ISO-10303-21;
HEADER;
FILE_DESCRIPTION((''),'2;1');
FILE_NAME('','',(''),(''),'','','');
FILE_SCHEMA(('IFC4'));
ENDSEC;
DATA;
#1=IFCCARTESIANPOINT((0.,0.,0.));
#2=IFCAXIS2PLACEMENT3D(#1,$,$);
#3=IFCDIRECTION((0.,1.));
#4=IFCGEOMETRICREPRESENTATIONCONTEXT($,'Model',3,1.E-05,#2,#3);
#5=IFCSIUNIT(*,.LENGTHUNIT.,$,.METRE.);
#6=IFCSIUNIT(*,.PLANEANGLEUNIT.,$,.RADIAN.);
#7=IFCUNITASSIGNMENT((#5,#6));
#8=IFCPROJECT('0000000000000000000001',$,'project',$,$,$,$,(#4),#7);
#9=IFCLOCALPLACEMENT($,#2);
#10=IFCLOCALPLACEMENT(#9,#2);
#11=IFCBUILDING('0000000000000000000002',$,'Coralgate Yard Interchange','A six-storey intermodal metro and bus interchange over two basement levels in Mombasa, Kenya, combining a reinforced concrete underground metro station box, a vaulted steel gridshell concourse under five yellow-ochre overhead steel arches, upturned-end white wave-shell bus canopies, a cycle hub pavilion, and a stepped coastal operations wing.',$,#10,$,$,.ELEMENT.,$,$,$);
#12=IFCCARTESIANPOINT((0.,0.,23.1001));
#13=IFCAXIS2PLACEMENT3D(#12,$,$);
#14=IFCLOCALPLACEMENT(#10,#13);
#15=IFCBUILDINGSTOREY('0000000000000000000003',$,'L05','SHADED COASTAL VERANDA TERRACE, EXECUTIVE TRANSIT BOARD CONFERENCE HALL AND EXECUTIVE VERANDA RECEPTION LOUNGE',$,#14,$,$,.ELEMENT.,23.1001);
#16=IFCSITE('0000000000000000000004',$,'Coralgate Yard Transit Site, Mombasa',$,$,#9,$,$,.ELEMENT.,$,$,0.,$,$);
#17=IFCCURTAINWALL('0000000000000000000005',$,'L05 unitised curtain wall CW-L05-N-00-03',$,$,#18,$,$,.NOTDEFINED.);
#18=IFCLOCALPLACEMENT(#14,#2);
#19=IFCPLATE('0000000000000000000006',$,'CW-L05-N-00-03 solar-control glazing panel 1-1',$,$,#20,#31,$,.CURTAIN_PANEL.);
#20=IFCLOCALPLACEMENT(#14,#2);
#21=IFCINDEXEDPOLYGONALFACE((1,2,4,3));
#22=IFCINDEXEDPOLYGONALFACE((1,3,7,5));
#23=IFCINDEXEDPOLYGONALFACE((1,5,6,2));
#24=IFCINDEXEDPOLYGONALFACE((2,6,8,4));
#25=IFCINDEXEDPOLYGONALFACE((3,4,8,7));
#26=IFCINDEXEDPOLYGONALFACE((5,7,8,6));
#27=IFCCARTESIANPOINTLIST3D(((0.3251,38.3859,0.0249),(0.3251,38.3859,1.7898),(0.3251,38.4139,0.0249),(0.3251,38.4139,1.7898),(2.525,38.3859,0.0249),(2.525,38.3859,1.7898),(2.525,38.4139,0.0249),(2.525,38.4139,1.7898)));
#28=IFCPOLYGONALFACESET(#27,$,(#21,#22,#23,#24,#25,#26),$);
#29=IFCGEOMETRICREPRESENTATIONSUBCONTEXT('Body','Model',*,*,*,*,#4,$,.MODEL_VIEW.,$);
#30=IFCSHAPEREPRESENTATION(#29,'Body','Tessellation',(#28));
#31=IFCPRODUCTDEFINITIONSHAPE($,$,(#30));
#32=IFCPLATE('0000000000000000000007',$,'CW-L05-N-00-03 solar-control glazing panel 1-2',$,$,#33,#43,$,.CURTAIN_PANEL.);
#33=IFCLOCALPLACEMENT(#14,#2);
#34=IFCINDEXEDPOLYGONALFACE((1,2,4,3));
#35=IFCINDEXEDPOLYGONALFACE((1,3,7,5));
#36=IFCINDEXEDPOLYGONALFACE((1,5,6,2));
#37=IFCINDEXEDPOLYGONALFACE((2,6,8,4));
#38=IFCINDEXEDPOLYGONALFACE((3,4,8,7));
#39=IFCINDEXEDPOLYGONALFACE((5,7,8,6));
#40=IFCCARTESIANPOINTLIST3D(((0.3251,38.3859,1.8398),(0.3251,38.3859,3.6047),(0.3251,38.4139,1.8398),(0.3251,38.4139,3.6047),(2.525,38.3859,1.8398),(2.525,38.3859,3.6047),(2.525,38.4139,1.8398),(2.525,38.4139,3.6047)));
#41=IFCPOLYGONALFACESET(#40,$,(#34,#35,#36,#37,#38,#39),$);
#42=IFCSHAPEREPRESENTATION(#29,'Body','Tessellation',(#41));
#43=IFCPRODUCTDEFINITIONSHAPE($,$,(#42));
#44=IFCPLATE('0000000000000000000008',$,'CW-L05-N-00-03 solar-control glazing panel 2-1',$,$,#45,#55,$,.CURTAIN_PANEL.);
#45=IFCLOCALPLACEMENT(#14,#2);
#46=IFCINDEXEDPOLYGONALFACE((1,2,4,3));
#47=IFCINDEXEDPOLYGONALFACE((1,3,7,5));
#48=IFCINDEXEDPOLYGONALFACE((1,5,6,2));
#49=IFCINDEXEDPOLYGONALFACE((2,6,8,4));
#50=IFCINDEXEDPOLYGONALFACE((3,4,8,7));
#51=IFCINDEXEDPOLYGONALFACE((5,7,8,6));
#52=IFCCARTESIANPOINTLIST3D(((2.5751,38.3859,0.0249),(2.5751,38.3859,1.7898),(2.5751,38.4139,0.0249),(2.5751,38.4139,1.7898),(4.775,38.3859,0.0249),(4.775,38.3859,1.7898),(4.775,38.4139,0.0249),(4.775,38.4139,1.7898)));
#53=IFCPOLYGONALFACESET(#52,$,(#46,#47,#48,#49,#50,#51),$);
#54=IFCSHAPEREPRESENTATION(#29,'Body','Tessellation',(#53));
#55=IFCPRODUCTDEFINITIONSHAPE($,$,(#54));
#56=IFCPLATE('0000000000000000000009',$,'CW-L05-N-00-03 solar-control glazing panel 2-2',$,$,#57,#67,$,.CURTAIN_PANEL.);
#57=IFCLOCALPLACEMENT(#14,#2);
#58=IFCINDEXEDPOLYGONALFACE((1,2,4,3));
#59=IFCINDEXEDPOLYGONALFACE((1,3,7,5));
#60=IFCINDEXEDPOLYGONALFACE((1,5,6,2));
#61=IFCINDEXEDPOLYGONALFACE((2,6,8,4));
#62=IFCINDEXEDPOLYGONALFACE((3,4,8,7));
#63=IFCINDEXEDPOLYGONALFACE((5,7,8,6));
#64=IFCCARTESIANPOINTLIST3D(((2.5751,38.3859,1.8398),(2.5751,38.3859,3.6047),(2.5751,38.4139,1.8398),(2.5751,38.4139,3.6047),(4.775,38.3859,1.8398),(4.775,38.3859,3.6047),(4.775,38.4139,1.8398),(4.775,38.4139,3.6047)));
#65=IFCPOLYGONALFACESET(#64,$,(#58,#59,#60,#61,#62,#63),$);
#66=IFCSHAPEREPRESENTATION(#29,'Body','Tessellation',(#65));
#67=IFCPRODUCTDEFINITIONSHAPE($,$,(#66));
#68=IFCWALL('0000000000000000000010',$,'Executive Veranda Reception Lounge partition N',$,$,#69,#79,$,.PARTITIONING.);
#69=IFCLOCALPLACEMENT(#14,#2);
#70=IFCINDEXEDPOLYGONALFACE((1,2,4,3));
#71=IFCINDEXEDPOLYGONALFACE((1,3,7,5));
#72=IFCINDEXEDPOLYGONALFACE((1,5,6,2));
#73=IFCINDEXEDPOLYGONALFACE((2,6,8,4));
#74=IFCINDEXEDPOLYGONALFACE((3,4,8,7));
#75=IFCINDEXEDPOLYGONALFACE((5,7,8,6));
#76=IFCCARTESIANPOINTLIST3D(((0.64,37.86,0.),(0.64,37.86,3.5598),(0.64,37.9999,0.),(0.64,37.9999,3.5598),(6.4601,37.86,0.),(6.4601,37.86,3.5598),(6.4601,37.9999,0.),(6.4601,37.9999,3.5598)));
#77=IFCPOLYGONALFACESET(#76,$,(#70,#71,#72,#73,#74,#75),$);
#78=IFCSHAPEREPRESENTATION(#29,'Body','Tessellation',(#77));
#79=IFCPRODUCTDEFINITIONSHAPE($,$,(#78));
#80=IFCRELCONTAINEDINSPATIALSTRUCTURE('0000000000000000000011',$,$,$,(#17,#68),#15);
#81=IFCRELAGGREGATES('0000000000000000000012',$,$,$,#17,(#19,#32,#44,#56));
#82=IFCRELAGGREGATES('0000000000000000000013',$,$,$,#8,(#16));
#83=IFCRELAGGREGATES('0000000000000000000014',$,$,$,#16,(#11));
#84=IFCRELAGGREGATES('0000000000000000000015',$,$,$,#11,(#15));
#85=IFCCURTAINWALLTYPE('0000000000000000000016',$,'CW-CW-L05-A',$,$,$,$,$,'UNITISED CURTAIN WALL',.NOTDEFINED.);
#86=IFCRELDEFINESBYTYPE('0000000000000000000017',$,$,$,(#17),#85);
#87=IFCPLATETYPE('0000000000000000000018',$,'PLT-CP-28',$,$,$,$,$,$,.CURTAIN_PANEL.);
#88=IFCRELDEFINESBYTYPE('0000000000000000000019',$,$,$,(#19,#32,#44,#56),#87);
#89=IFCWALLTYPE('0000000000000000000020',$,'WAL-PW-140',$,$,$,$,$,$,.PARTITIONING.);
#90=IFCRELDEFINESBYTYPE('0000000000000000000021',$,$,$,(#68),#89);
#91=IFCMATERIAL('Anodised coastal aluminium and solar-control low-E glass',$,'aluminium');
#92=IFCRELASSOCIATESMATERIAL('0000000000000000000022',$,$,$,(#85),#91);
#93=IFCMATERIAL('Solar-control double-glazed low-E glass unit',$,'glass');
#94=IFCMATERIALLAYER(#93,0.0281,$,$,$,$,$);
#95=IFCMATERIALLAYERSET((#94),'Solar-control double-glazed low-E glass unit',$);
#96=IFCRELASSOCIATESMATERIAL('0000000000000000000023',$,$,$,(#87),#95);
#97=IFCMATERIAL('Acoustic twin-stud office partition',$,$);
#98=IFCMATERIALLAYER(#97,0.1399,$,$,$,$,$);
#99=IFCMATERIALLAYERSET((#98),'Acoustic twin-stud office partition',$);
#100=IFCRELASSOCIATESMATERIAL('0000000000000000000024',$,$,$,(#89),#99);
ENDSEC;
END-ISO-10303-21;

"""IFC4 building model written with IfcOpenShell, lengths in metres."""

from ifc_helpers import new_model, si_unit, direction, frame, frame_2d, origin, origin_2d, place, context, subcontext, project, spatial, rectangle, extrude, material, layer, layer_set, type_object, element, aggregate, save


model = new_model("IFC4")

# Units and contexts
model_context = context("Model", 3, precision=1e-05, world=origin(), true_north=direction((0.0, 1.0)))
body_context = subcontext(model_context, "Body", "Model", "MODEL_VIEW")
ifc_project = project(units=[si_unit("LENGTHUNIT", "METRE"), si_unit("PLANEANGLEUNIT", "RADIAN")], contexts=[model_context])

# Site, building, storey
site_placement = place(None, origin())
site = spatial("IfcSite", under=ifc_project, at=site_placement, Name="Coralgate Yard Transit Site, Mombasa", CompositionType="ELEMENT", RefElevation=0.0)
building_placement = place(site_placement, origin())
building = spatial("IfcBuilding", under=site, at=building_placement, Name="Coralgate Yard Interchange", Description="A six-storey intermodal metro and bus interchange over two basement levels in Mombasa, Kenya, combining a reinforced concrete underground metro station box, a vaulted steel gridshell concourse under five yellow-ochre overhead steel arches, upturned-end white wave-shell bus canopies, a cycle hub pavilion, and a stepped coastal operations wing.", CompositionType="ELEMENT")
storey_placement = place(building_placement, frame((0.0, 0.0, 23.1001)))
storey = spatial("IfcBuildingStorey", under=building, at=storey_placement, Name="L05", Description="SHADED COASTAL VERANDA TERRACE, EXECUTIVE TRANSIT BOARD CONFERENCE HALL AND EXECUTIVE VERANDA RECEPTION LOUNGE", CompositionType="ELEMENT", Elevation=23.1001)

# Curtain wall
ifc_material_1 = material(Name="Anodised coastal aluminium and solar-control low-E glass", Category="aluminium")
curtain_wall_type = type_object("IfcCurtainWallType", Name="CW-CW-L05-A", ElementType="UNITISED CURTAIN WALL", PredefinedType="NOTDEFINED", material=ifc_material_1)
curtain_wall_1_placement = place(storey_placement, origin())
curtain_wall_1 = element("IfcCurtainWall", 1, at=curtain_wall_1_placement, inside=storey, type_object=curtain_wall_type, Name="L05 unitised curtain wall CW-L05-N-00-03", PredefinedType="NOTDEFINED")

# Plates
ifc_material_2 = material(Name="Solar-control double-glazed low-E glass unit", Category="glass")
ifc_layer_1 = layer(ifc_material_2, 0.0281)
ifc_layer_set_1 = layer_set([ifc_layer_1], Name="Solar-control double-glazed low-E glass unit")
plate_type = type_object("IfcPlateType", Name="PLT-CP-28", PredefinedType="CURTAIN_PANEL", material=ifc_layer_set_1)
plate_1_placement = place(storey_placement, frame((1.425, 38.3999, 0.0249), z_axis=(0.0, 0.0, 1.0), x_axis=(1.0, 0.0, 0.0)))
plate_1 = element("IfcPlate", 2, at=plate_1_placement, type_object=plate_type, Name="CW-L05-N-00-03 solar-control glazing panel 1-1", PredefinedType="CURTAIN_PANEL", context=body_context, shape_type="SweptSolid", body=[
    extrude(rectangle(XDim=2.2, YDim=0.0281, at=origin_2d()), origin(), (0.0, 0.0, 1.0), 1.7649),
])
plate_2_placement = place(storey_placement, frame((1.425, 38.3999, 1.8398), z_axis=(0.0, 0.0, 1.0), x_axis=(1.0, 0.0, 0.0)))
plate_2 = element("IfcPlate", 3, at=plate_2_placement, type_object=plate_type, Name="CW-L05-N-00-03 solar-control glazing panel 1-2", PredefinedType="CURTAIN_PANEL", context=body_context, shape_type="SweptSolid", body=[
    extrude(rectangle(XDim=2.2, YDim=0.0281, at=origin_2d()), origin(), (0.0, 0.0, 1.0), 1.7649),
])
plate_3_placement = place(storey_placement, frame((3.675, 38.3999, 0.0249), z_axis=(0.0, 0.0, 1.0), x_axis=(1.0, 0.0, 0.0)))
plate_3 = element("IfcPlate", 4, at=plate_3_placement, type_object=plate_type, Name="CW-L05-N-00-03 solar-control glazing panel 2-1", PredefinedType="CURTAIN_PANEL", context=body_context, shape_type="SweptSolid", body=[
    extrude(rectangle(XDim=2.2, YDim=0.0281, at=origin_2d()), origin(), (0.0, 0.0, 1.0), 1.7649),
])
plate_4_placement = place(storey_placement, frame((3.675, 38.3999, 1.8398), z_axis=(0.0, 0.0, 1.0), x_axis=(1.0, 0.0, 0.0)))
plate_4 = element("IfcPlate", 5, at=plate_4_placement, type_object=plate_type, Name="CW-L05-N-00-03 solar-control glazing panel 2-2", PredefinedType="CURTAIN_PANEL", context=body_context, shape_type="SweptSolid", body=[
    extrude(rectangle(XDim=2.2, YDim=0.0281, at=origin_2d()), origin(), (0.0, 0.0, 1.0), 1.7649),
])
aggregate(curtain_wall_1, [plate_1, plate_2, plate_3, plate_4])

# Wall
ifc_material_3 = material(Name="Acoustic twin-stud office partition")
ifc_layer_2 = layer(ifc_material_3, 0.1399)
ifc_layer_set_2 = layer_set([ifc_layer_2], Name="Acoustic twin-stud office partition")
wall_type = type_object("IfcWallType", Name="WAL-PW-140", PredefinedType="PARTITIONING", material=ifc_layer_set_2)
wall_placement = place(storey_placement, frame((0.6399, 37.9299, 0.0), z_axis=(0.0, 0.0, 1.0), x_axis=(1.0, 0.0, 0.0)))
element("IfcWall", 6, at=wall_placement, inside=storey, type_object=wall_type, Name="Executive Veranda Reception Lounge partition N", PredefinedType="PARTITIONING", context=body_context, shape_type="SweptSolid", body=[
    extrude(rectangle(XDim=5.8201, YDim=0.1399, at=frame_2d((2.9102, 0.0))), origin(), (0.0, 0.0, 1.0), 3.5598),
])

save(model, "model.ifc")
